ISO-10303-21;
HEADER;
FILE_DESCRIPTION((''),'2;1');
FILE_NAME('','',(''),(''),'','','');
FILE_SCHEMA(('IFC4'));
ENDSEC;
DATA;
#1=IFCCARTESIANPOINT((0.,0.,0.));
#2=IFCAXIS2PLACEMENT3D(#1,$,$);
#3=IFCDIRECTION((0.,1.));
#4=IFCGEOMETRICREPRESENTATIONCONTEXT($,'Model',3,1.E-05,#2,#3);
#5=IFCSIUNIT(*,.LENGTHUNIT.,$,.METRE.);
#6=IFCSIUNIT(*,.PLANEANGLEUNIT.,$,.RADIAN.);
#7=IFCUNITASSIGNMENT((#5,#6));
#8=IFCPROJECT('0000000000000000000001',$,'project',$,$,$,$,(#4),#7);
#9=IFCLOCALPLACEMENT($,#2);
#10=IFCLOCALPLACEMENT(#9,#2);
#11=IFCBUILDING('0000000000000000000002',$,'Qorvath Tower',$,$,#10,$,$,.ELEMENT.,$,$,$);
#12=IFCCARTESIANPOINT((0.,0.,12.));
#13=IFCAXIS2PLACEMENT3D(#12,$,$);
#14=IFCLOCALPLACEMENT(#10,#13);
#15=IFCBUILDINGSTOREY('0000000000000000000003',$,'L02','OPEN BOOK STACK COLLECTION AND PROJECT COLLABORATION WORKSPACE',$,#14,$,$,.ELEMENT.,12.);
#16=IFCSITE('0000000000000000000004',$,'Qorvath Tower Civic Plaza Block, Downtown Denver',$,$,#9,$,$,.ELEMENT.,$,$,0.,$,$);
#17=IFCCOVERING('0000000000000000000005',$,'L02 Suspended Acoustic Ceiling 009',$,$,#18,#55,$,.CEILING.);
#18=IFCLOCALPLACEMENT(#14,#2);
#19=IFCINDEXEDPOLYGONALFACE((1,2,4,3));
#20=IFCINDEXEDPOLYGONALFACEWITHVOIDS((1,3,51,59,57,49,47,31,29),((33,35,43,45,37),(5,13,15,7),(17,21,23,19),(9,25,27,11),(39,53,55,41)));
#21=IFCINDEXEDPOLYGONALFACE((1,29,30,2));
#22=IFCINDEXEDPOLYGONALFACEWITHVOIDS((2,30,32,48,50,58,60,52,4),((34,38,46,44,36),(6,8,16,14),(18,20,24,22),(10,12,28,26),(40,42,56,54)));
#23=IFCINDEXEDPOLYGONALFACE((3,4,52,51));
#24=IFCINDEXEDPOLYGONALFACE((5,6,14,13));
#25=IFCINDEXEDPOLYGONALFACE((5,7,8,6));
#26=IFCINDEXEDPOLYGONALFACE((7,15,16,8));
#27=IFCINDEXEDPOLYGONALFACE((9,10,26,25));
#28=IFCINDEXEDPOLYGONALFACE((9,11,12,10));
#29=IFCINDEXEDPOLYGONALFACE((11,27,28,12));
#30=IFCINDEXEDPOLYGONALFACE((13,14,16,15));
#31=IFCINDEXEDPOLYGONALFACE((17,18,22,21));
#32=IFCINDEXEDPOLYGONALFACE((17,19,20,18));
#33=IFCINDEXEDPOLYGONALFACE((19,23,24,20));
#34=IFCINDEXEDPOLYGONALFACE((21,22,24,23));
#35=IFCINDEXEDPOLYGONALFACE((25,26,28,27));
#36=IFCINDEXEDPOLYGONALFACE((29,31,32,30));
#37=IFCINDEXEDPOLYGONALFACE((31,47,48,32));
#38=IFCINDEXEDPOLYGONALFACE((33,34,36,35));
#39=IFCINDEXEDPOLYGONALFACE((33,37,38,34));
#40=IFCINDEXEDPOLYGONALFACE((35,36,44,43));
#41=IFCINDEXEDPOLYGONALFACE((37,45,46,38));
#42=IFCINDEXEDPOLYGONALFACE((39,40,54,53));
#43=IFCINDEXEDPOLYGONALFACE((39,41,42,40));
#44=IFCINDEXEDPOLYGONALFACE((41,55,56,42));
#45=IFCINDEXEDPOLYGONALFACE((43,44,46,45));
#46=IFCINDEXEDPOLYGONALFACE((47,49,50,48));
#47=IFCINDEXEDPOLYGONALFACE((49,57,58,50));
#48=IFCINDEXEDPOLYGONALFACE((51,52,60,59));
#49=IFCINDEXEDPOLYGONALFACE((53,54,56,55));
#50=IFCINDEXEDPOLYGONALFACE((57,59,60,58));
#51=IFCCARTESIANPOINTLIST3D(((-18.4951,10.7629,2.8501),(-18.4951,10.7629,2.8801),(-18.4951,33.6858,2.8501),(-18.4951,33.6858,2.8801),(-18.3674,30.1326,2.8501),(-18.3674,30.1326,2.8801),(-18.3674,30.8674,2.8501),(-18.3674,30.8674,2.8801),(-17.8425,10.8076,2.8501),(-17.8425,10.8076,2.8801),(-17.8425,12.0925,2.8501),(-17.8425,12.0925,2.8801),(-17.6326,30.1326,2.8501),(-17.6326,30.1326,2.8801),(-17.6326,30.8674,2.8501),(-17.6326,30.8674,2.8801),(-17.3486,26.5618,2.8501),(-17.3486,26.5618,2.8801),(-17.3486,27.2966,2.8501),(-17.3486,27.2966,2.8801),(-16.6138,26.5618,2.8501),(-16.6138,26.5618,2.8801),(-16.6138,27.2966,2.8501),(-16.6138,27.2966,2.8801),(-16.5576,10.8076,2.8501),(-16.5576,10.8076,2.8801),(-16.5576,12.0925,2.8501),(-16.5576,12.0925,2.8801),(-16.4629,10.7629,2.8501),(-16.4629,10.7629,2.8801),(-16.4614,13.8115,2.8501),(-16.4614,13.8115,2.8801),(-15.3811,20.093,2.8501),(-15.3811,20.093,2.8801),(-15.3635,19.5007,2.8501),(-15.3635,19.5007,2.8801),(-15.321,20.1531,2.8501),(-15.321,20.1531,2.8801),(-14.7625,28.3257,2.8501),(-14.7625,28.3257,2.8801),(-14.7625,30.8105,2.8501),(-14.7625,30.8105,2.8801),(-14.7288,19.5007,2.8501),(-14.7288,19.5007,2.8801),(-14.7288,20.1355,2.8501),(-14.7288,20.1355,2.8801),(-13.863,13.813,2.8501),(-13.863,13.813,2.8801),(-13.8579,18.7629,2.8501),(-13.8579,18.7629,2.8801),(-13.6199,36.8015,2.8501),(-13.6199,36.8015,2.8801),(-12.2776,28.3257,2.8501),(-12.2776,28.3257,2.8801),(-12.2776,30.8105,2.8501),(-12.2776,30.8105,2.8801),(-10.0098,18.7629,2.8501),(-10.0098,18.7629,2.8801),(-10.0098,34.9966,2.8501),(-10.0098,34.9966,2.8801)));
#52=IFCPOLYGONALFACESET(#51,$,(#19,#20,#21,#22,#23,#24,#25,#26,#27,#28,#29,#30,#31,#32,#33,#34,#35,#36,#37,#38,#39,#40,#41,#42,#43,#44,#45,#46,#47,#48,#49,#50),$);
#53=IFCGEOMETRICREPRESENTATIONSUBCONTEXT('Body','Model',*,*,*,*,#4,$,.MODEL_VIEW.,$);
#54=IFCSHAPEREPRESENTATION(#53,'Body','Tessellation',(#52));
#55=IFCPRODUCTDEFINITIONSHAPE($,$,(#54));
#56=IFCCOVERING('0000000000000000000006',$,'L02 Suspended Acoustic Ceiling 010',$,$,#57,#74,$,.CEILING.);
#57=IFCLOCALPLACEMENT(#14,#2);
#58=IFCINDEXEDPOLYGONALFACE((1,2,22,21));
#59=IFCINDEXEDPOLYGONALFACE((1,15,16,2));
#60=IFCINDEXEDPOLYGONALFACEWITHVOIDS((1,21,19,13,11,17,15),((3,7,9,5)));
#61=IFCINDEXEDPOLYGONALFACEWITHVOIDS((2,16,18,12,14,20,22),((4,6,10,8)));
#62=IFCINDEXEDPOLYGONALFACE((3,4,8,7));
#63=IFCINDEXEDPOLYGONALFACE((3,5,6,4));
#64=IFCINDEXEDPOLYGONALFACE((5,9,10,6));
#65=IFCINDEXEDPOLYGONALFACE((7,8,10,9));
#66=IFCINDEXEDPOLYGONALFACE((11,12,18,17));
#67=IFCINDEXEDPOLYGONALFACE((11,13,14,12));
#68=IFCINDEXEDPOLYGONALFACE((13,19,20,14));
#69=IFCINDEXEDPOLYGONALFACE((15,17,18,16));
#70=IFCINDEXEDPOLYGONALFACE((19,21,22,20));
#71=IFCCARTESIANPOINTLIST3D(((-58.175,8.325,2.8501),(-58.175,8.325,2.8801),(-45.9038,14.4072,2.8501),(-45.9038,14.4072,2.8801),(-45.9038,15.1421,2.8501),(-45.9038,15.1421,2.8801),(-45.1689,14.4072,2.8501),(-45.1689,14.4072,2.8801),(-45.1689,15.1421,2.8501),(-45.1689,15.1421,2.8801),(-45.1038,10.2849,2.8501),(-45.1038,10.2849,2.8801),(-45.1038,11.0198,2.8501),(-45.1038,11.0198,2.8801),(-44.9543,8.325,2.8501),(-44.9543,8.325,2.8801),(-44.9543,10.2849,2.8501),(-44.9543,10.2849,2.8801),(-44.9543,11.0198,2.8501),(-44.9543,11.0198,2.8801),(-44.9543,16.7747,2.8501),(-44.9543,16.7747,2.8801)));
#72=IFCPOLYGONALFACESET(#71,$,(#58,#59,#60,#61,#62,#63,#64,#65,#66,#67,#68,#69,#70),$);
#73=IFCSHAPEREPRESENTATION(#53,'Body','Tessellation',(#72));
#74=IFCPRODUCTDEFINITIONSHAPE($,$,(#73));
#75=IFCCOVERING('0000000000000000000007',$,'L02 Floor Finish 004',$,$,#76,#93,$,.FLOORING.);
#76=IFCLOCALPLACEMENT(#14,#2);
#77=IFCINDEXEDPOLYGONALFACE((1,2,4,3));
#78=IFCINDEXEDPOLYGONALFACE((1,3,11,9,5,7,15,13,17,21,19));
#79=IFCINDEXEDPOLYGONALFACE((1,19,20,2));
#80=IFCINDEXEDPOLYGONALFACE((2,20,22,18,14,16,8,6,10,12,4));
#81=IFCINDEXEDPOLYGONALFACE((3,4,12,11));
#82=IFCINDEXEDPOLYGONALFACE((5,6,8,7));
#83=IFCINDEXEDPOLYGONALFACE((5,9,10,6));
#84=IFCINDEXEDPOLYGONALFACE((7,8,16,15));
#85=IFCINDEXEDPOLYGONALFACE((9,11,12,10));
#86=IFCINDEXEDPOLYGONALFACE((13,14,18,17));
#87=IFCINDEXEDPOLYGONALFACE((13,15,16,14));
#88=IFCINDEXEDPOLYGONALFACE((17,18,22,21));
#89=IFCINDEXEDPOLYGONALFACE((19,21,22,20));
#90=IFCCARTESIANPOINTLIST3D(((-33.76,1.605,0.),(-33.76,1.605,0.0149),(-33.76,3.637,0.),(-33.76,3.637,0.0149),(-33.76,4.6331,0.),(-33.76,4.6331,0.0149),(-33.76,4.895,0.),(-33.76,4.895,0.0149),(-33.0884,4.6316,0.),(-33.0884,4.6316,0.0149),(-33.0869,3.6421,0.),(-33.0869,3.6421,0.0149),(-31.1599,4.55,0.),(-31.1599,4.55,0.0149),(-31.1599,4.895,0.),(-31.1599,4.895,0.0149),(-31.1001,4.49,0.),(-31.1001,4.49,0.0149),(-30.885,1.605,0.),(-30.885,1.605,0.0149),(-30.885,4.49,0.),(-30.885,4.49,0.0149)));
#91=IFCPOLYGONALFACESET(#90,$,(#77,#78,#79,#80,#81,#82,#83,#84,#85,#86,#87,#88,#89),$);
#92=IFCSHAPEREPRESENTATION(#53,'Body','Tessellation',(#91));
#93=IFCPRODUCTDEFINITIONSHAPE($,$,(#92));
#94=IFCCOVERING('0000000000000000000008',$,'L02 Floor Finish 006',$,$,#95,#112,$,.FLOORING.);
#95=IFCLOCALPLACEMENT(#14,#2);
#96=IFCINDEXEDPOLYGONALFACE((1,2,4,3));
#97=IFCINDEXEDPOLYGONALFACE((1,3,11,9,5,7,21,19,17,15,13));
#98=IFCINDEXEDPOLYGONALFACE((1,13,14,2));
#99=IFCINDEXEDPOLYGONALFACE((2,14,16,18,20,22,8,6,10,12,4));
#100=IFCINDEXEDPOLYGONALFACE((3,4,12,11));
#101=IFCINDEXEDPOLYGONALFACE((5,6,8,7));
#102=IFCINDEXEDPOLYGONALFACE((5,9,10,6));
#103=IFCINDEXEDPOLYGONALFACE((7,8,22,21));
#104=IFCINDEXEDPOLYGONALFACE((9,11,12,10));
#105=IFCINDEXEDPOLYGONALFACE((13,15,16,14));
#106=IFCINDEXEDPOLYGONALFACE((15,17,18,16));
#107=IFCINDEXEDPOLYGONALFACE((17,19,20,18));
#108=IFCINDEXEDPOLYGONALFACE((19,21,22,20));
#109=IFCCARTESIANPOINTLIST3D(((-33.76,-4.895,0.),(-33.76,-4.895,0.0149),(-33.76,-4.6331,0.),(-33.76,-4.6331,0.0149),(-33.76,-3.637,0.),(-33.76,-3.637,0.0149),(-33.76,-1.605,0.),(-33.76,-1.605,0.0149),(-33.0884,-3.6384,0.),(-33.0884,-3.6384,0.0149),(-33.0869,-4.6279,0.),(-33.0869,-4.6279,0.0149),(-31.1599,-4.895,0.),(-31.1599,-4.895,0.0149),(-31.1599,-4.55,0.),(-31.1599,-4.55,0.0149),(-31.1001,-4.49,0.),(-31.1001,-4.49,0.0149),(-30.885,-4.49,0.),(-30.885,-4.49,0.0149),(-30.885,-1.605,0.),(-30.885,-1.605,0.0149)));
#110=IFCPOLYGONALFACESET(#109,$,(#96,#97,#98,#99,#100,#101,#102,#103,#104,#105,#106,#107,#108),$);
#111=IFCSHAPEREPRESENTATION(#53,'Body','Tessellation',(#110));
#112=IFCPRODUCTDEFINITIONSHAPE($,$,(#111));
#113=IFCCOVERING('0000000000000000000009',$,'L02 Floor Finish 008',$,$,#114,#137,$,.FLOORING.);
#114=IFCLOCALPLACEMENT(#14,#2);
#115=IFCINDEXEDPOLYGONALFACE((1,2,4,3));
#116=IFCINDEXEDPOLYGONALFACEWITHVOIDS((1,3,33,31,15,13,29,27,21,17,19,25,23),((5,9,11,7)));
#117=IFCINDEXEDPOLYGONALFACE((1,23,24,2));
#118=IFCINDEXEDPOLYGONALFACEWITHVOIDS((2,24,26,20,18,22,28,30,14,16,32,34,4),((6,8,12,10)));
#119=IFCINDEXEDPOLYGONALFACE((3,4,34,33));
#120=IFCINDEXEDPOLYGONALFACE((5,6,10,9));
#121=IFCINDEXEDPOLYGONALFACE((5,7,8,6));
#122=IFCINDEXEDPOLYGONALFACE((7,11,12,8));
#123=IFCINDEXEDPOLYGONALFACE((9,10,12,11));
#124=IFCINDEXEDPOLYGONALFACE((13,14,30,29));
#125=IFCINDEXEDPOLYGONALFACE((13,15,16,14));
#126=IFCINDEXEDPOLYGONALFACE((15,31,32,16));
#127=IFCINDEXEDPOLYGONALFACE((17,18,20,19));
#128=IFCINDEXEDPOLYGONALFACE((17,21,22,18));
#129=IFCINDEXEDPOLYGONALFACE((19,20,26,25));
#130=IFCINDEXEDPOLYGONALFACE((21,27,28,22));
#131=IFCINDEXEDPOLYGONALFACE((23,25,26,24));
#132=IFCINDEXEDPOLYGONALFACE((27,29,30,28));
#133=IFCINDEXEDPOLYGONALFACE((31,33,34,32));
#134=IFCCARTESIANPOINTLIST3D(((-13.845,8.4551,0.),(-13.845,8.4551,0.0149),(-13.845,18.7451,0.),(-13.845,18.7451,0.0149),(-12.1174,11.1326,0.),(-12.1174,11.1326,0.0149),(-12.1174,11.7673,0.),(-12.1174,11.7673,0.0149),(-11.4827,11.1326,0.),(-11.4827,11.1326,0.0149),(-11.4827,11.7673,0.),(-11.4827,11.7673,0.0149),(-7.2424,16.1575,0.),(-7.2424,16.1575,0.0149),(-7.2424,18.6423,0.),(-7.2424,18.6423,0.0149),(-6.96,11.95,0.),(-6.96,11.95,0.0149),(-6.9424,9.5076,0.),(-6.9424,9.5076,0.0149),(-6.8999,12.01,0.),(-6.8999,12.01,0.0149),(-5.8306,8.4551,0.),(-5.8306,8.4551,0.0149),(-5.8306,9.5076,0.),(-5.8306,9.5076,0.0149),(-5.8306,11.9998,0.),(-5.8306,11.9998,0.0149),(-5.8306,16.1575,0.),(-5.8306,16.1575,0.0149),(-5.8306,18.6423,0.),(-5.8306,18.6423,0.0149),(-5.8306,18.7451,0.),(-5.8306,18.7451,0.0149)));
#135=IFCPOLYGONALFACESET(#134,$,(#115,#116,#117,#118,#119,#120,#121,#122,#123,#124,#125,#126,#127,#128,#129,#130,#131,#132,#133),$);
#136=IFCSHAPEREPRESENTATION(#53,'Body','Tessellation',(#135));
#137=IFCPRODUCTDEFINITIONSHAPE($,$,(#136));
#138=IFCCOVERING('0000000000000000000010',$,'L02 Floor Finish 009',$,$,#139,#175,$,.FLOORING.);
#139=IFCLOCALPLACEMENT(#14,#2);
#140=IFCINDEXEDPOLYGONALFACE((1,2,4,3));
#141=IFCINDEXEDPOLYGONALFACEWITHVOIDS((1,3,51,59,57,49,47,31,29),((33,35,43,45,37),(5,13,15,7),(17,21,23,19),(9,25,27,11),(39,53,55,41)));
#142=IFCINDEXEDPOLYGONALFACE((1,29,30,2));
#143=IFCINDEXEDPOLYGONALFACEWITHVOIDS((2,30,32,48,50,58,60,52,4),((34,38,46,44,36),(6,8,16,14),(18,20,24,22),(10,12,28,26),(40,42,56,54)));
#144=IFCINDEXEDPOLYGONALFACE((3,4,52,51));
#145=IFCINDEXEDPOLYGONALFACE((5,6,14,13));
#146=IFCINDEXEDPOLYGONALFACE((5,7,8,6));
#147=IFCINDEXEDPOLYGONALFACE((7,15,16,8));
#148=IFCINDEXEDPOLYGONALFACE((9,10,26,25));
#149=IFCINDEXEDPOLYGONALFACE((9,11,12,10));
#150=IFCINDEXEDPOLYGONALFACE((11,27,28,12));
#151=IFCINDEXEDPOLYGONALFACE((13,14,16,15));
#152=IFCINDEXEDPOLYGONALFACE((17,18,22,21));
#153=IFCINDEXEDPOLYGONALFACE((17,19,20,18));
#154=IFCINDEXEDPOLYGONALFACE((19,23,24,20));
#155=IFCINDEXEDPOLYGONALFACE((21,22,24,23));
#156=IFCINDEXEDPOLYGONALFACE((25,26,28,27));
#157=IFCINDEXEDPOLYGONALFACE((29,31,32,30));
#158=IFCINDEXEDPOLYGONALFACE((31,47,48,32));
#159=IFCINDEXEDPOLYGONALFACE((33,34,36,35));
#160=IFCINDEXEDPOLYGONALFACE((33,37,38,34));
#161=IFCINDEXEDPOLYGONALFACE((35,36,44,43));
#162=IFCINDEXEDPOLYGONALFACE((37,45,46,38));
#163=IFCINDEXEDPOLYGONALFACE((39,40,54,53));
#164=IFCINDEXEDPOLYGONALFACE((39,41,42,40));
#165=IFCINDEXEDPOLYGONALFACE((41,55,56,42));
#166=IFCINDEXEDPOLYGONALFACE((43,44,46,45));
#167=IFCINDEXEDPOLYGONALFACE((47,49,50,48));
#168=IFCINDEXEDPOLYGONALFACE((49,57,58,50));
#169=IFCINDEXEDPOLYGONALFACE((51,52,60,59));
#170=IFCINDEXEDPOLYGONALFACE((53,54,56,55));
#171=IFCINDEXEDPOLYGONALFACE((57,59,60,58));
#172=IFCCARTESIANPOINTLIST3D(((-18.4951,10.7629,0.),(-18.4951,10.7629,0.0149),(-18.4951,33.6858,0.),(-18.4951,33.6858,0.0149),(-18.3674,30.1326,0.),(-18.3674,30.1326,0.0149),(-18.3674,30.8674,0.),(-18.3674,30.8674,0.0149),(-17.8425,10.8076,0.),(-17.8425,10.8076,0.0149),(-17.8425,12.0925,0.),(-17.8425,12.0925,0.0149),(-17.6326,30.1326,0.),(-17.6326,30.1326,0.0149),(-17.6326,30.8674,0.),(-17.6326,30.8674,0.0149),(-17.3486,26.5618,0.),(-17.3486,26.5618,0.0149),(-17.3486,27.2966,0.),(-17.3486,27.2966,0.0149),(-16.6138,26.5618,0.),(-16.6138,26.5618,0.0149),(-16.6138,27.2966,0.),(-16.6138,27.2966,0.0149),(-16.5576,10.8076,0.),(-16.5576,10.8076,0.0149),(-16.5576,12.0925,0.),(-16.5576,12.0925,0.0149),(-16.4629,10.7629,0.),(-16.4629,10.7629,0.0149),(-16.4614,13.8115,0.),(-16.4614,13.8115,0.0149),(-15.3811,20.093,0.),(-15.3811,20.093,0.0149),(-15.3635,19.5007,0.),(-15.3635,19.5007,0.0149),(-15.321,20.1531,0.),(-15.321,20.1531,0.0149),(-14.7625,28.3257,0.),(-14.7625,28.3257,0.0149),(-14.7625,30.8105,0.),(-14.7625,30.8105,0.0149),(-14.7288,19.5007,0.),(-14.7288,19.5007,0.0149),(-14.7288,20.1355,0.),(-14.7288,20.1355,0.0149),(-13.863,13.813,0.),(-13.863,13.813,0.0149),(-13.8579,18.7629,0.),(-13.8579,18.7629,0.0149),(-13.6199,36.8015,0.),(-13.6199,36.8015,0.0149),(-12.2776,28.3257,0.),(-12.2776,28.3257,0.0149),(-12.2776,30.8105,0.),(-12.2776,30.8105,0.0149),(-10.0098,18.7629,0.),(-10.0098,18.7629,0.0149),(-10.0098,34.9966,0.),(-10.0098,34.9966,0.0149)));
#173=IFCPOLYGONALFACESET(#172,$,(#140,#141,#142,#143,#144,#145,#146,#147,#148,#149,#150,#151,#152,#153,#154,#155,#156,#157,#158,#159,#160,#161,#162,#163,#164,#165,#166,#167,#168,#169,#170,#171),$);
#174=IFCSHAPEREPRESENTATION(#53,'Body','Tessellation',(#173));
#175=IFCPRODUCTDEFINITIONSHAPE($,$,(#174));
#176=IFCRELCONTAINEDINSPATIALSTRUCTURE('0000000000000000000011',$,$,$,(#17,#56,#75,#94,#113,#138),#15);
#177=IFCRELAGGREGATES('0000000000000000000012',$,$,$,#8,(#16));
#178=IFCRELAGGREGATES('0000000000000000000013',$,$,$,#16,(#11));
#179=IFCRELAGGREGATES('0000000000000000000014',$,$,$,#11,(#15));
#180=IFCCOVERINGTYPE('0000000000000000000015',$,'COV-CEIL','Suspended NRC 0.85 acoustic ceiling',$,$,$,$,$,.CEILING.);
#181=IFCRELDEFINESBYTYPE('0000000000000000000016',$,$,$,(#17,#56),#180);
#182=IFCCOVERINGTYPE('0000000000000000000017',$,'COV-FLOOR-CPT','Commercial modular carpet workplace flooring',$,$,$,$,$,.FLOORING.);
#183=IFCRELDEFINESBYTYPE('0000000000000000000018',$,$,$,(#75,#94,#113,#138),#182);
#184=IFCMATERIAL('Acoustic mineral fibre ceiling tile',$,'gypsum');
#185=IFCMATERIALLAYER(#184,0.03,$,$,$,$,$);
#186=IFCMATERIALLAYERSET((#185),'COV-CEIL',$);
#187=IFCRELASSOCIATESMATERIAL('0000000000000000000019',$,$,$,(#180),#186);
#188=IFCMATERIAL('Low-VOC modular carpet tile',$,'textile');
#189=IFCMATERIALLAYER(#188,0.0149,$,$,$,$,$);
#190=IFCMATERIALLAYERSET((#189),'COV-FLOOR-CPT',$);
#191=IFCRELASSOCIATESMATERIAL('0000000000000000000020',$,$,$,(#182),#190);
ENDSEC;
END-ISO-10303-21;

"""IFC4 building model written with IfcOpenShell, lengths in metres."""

from ifc_helpers import new_model, si_unit, direction, frame, origin, place, context, subcontext, project, spatial, polyline, outline, extrude, material, layer, layer_set, type_object, element, save


model = new_model("IFC4")

# Units and contexts
model_context = context("Model", 3, precision=1e-05, world=origin(), true_north=direction((0.0, 1.0)))
body_context = subcontext(model_context, "Body", "Model", "MODEL_VIEW")
ifc_project = project(units=[si_unit("LENGTHUNIT", "METRE"), si_unit("PLANEANGLEUNIT", "RADIAN")], contexts=[model_context])

# Site, building, storey
site_placement = place(None, origin())
site = spatial("IfcSite", under=ifc_project, at=site_placement, Name="Qorvath Tower Civic Plaza Block, Downtown Denver", CompositionType="ELEMENT", RefElevation=0.0)
building_placement = place(site_placement, origin())
building = spatial("IfcBuilding", under=site, at=building_placement, Name="Qorvath Tower", CompositionType="ELEMENT")
storey_placement = place(building_placement, frame((0.0, 0.0, 12.0)))
storey = spatial("IfcBuildingStorey", under=building, at=storey_placement, Name="L02", Description="OPEN BOOK STACK COLLECTION AND PROJECT COLLABORATION WORKSPACE", CompositionType="ELEMENT", Elevation=12.0)

# Coverings
ifc_material_1 = material(Name="Acoustic mineral fibre ceiling tile", Category="gypsum")
ifc_layer_1 = layer(ifc_material_1, 0.03)
ifc_layer_set_1 = layer_set([ifc_layer_1], Name="COV-CEIL")
covering_type_1 = type_object("IfcCoveringType", Name="COV-CEIL", Description="Suspended NRC 0.85 acoustic ceiling", PredefinedType="CEILING", material=ifc_layer_set_1)
covering_1_placement = place(storey_placement, frame((0.0, 0.0, 2.8501)))
element("IfcCovering", 1, at=covering_1_placement, inside=storey, type_object=covering_type_1, Name="L02 Suspended Acoustic Ceiling 009", PredefinedType="CEILING", context=body_context, shape_type="SweptSolid", body=[
    extrude(outline(polyline([(-10.0098, 18.7629), (-10.0098, 34.9966), (-13.6199, 36.8015), (-18.4951, 33.6858), (-18.4951, 10.7629), (-16.4629, 10.7629), (-16.4614, 13.8115), (-13.863, 13.813), (-13.8579, 18.7629), (-10.0098, 18.7629)]), holes=[polyline([(-14.7625, 30.8105), (-12.2776, 30.8105), (-12.2776, 28.3257), (-14.7625, 28.3257), (-14.7625, 30.8105)]), polyline([(-15.3811, 20.093), (-15.321, 20.1531), (-14.7288, 20.1355), (-14.7288, 19.5007), (-15.3635, 19.5007), (-15.3811, 20.093)]), polyline([(-17.8425, 12.0925), (-16.5576, 12.0925), (-16.5576, 10.8076), (-17.8425, 10.8076), (-17.8425, 12.0925)]), polyline([(-17.3486, 27.2966), (-16.6138, 27.2966), (-16.6138, 26.5618), (-17.3486, 26.5618), (-17.3486, 27.2966)]), polyline([(-18.3674, 30.8674), (-17.6326, 30.8674), (-17.6326, 30.1326), (-18.3674, 30.1326), (-18.3674, 30.8674)])]), origin(), (0.0, 0.0, 1.0), 0.03),
])
covering_2_placement = place(storey_placement, frame((0.0, 0.0, 2.8501)))
element("IfcCovering", 2, at=covering_2_placement, inside=storey, type_object=covering_type_1, Name="L02 Suspended Acoustic Ceiling 010", PredefinedType="CEILING", context=body_context, shape_type="SweptSolid", body=[
    extrude(outline(polyline([(-44.9543, 8.325), (-44.9543, 10.2849), (-45.1038, 10.2849), (-45.1038, 11.0198), (-44.9543, 11.0198), (-44.9543, 16.7747), (-58.175, 8.325), (-44.9543, 8.325)]), holes=[polyline([(-45.9038, 15.1421), (-45.1689, 15.1421), (-45.1689, 14.4072), (-45.9038, 14.4072), (-45.9038, 15.1421)])]), origin(), (0.0, 0.0, 1.0), 0.03),
])
ifc_material_2 = material(Name="Low-VOC modular carpet tile", Category="textile")
ifc_layer_2 = layer(ifc_material_2, 0.0149)
ifc_layer_set_2 = layer_set([ifc_layer_2], Name="COV-FLOOR-CPT")
covering_type_2 = type_object("IfcCoveringType", Name="COV-FLOOR-CPT", Description="Commercial modular carpet workplace flooring", PredefinedType="FLOORING", material=ifc_layer_set_2)
covering_3_placement = place(storey_placement, origin())
element("IfcCovering", 3, at=covering_3_placement, inside=storey, type_object=covering_type_2, Name="L02 Floor Finish 004", PredefinedType="FLOORING", context=body_context, shape_type="SweptSolid", body=[
    extrude(outline(polyline([(-31.1599, 4.895), (-33.76, 4.895), (-33.76, 4.6331), (-33.0884, 4.6316), (-33.0869, 3.6421), (-33.76, 3.637), (-33.76, 1.605), (-30.885, 1.605), (-30.885, 4.49), (-31.1001, 4.49), (-31.1599, 4.55), (-31.1599, 4.895)])), origin(), (0.0, 0.0, 1.0), 0.0149),
])
covering_4_placement = place(storey_placement, origin())
element("IfcCovering", 4, at=covering_4_placement, inside=storey, type_object=covering_type_2, Name="L02 Floor Finish 006", PredefinedType="FLOORING", context=body_context, shape_type="SweptSolid", body=[
    extrude(outline(polyline([(-30.885, -4.49), (-30.885, -1.605), (-33.76, -1.605), (-33.76, -3.637), (-33.0884, -3.6384), (-33.0869, -4.6279), (-33.76, -4.6331), (-33.76, -4.895), (-31.1599, -4.895), (-31.1599, -4.55), (-31.1001, -4.49), (-30.885, -4.49)])), origin(), (0.0, 0.0, 1.0), 0.0149),
])
covering_5_placement = place(storey_placement, origin())
element("IfcCovering", 5, at=covering_5_placement, inside=storey, type_object=covering_type_2, Name="L02 Floor Finish 008", PredefinedType="FLOORING", context=body_context, shape_type="SweptSolid", body=[
    extrude(outline(polyline([(-5.8306, 8.4551), (-5.8306, 9.5076), (-6.9424, 9.5076), (-6.96, 11.95), (-6.8999, 12.01), (-5.8306, 11.9998), (-5.8306, 16.1575), (-7.2424, 16.1575), (-7.2424, 18.6423), (-5.8306, 18.6423), (-5.8306, 18.7451), (-13.845, 18.7451), (-13.845, 8.4551), (-5.8306, 8.4551)]), holes=[polyline([(-12.1174, 11.7673), (-11.4827, 11.7673), (-11.4827, 11.1326), (-12.1174, 11.1326), (-12.1174, 11.7673)])]), origin(), (0.0, 0.0, 1.0), 0.0149),
])
covering_6_placement = place(storey_placement, origin())
element("IfcCovering", 6, at=covering_6_placement, inside=storey, type_object=covering_type_2, Name="L02 Floor Finish 009", PredefinedType="FLOORING", context=body_context, shape_type="SweptSolid", body=[
    extrude(outline(polyline([(-10.0098, 18.7629), (-10.0098, 34.9966), (-13.6199, 36.8015), (-18.4951, 33.6858), (-18.4951, 10.7629), (-16.4629, 10.7629), (-16.4614, 13.8115), (-13.863, 13.813), (-13.8579, 18.7629), (-10.0098, 18.7629)]), holes=[polyline([(-14.7625, 30.8105), (-12.2776, 30.8105), (-12.2776, 28.3257), (-14.7625, 28.3257), (-14.7625, 30.8105)]), polyline([(-15.3811, 20.093), (-15.321, 20.1531), (-14.7288, 20.1355), (-14.7288, 19.5007), (-15.3635, 19.5007), (-15.3811, 20.093)]), polyline([(-17.8425, 12.0925), (-16.5576, 12.0925), (-16.5576, 10.8076), (-17.8425, 10.8076), (-17.8425, 12.0925)]), polyline([(-17.3486, 27.2966), (-16.6138, 27.2966), (-16.6138, 26.5618), (-17.3486, 26.5618), (-17.3486, 27.2966)]), polyline([(-18.3674, 30.8674), (-17.6326, 30.8674), (-17.6326, 30.1326), (-18.3674, 30.1326), (-18.3674, 30.8674)])]), origin(), (0.0, 0.0, 1.0), 0.0149),
])

save(model, "model.ifc")
